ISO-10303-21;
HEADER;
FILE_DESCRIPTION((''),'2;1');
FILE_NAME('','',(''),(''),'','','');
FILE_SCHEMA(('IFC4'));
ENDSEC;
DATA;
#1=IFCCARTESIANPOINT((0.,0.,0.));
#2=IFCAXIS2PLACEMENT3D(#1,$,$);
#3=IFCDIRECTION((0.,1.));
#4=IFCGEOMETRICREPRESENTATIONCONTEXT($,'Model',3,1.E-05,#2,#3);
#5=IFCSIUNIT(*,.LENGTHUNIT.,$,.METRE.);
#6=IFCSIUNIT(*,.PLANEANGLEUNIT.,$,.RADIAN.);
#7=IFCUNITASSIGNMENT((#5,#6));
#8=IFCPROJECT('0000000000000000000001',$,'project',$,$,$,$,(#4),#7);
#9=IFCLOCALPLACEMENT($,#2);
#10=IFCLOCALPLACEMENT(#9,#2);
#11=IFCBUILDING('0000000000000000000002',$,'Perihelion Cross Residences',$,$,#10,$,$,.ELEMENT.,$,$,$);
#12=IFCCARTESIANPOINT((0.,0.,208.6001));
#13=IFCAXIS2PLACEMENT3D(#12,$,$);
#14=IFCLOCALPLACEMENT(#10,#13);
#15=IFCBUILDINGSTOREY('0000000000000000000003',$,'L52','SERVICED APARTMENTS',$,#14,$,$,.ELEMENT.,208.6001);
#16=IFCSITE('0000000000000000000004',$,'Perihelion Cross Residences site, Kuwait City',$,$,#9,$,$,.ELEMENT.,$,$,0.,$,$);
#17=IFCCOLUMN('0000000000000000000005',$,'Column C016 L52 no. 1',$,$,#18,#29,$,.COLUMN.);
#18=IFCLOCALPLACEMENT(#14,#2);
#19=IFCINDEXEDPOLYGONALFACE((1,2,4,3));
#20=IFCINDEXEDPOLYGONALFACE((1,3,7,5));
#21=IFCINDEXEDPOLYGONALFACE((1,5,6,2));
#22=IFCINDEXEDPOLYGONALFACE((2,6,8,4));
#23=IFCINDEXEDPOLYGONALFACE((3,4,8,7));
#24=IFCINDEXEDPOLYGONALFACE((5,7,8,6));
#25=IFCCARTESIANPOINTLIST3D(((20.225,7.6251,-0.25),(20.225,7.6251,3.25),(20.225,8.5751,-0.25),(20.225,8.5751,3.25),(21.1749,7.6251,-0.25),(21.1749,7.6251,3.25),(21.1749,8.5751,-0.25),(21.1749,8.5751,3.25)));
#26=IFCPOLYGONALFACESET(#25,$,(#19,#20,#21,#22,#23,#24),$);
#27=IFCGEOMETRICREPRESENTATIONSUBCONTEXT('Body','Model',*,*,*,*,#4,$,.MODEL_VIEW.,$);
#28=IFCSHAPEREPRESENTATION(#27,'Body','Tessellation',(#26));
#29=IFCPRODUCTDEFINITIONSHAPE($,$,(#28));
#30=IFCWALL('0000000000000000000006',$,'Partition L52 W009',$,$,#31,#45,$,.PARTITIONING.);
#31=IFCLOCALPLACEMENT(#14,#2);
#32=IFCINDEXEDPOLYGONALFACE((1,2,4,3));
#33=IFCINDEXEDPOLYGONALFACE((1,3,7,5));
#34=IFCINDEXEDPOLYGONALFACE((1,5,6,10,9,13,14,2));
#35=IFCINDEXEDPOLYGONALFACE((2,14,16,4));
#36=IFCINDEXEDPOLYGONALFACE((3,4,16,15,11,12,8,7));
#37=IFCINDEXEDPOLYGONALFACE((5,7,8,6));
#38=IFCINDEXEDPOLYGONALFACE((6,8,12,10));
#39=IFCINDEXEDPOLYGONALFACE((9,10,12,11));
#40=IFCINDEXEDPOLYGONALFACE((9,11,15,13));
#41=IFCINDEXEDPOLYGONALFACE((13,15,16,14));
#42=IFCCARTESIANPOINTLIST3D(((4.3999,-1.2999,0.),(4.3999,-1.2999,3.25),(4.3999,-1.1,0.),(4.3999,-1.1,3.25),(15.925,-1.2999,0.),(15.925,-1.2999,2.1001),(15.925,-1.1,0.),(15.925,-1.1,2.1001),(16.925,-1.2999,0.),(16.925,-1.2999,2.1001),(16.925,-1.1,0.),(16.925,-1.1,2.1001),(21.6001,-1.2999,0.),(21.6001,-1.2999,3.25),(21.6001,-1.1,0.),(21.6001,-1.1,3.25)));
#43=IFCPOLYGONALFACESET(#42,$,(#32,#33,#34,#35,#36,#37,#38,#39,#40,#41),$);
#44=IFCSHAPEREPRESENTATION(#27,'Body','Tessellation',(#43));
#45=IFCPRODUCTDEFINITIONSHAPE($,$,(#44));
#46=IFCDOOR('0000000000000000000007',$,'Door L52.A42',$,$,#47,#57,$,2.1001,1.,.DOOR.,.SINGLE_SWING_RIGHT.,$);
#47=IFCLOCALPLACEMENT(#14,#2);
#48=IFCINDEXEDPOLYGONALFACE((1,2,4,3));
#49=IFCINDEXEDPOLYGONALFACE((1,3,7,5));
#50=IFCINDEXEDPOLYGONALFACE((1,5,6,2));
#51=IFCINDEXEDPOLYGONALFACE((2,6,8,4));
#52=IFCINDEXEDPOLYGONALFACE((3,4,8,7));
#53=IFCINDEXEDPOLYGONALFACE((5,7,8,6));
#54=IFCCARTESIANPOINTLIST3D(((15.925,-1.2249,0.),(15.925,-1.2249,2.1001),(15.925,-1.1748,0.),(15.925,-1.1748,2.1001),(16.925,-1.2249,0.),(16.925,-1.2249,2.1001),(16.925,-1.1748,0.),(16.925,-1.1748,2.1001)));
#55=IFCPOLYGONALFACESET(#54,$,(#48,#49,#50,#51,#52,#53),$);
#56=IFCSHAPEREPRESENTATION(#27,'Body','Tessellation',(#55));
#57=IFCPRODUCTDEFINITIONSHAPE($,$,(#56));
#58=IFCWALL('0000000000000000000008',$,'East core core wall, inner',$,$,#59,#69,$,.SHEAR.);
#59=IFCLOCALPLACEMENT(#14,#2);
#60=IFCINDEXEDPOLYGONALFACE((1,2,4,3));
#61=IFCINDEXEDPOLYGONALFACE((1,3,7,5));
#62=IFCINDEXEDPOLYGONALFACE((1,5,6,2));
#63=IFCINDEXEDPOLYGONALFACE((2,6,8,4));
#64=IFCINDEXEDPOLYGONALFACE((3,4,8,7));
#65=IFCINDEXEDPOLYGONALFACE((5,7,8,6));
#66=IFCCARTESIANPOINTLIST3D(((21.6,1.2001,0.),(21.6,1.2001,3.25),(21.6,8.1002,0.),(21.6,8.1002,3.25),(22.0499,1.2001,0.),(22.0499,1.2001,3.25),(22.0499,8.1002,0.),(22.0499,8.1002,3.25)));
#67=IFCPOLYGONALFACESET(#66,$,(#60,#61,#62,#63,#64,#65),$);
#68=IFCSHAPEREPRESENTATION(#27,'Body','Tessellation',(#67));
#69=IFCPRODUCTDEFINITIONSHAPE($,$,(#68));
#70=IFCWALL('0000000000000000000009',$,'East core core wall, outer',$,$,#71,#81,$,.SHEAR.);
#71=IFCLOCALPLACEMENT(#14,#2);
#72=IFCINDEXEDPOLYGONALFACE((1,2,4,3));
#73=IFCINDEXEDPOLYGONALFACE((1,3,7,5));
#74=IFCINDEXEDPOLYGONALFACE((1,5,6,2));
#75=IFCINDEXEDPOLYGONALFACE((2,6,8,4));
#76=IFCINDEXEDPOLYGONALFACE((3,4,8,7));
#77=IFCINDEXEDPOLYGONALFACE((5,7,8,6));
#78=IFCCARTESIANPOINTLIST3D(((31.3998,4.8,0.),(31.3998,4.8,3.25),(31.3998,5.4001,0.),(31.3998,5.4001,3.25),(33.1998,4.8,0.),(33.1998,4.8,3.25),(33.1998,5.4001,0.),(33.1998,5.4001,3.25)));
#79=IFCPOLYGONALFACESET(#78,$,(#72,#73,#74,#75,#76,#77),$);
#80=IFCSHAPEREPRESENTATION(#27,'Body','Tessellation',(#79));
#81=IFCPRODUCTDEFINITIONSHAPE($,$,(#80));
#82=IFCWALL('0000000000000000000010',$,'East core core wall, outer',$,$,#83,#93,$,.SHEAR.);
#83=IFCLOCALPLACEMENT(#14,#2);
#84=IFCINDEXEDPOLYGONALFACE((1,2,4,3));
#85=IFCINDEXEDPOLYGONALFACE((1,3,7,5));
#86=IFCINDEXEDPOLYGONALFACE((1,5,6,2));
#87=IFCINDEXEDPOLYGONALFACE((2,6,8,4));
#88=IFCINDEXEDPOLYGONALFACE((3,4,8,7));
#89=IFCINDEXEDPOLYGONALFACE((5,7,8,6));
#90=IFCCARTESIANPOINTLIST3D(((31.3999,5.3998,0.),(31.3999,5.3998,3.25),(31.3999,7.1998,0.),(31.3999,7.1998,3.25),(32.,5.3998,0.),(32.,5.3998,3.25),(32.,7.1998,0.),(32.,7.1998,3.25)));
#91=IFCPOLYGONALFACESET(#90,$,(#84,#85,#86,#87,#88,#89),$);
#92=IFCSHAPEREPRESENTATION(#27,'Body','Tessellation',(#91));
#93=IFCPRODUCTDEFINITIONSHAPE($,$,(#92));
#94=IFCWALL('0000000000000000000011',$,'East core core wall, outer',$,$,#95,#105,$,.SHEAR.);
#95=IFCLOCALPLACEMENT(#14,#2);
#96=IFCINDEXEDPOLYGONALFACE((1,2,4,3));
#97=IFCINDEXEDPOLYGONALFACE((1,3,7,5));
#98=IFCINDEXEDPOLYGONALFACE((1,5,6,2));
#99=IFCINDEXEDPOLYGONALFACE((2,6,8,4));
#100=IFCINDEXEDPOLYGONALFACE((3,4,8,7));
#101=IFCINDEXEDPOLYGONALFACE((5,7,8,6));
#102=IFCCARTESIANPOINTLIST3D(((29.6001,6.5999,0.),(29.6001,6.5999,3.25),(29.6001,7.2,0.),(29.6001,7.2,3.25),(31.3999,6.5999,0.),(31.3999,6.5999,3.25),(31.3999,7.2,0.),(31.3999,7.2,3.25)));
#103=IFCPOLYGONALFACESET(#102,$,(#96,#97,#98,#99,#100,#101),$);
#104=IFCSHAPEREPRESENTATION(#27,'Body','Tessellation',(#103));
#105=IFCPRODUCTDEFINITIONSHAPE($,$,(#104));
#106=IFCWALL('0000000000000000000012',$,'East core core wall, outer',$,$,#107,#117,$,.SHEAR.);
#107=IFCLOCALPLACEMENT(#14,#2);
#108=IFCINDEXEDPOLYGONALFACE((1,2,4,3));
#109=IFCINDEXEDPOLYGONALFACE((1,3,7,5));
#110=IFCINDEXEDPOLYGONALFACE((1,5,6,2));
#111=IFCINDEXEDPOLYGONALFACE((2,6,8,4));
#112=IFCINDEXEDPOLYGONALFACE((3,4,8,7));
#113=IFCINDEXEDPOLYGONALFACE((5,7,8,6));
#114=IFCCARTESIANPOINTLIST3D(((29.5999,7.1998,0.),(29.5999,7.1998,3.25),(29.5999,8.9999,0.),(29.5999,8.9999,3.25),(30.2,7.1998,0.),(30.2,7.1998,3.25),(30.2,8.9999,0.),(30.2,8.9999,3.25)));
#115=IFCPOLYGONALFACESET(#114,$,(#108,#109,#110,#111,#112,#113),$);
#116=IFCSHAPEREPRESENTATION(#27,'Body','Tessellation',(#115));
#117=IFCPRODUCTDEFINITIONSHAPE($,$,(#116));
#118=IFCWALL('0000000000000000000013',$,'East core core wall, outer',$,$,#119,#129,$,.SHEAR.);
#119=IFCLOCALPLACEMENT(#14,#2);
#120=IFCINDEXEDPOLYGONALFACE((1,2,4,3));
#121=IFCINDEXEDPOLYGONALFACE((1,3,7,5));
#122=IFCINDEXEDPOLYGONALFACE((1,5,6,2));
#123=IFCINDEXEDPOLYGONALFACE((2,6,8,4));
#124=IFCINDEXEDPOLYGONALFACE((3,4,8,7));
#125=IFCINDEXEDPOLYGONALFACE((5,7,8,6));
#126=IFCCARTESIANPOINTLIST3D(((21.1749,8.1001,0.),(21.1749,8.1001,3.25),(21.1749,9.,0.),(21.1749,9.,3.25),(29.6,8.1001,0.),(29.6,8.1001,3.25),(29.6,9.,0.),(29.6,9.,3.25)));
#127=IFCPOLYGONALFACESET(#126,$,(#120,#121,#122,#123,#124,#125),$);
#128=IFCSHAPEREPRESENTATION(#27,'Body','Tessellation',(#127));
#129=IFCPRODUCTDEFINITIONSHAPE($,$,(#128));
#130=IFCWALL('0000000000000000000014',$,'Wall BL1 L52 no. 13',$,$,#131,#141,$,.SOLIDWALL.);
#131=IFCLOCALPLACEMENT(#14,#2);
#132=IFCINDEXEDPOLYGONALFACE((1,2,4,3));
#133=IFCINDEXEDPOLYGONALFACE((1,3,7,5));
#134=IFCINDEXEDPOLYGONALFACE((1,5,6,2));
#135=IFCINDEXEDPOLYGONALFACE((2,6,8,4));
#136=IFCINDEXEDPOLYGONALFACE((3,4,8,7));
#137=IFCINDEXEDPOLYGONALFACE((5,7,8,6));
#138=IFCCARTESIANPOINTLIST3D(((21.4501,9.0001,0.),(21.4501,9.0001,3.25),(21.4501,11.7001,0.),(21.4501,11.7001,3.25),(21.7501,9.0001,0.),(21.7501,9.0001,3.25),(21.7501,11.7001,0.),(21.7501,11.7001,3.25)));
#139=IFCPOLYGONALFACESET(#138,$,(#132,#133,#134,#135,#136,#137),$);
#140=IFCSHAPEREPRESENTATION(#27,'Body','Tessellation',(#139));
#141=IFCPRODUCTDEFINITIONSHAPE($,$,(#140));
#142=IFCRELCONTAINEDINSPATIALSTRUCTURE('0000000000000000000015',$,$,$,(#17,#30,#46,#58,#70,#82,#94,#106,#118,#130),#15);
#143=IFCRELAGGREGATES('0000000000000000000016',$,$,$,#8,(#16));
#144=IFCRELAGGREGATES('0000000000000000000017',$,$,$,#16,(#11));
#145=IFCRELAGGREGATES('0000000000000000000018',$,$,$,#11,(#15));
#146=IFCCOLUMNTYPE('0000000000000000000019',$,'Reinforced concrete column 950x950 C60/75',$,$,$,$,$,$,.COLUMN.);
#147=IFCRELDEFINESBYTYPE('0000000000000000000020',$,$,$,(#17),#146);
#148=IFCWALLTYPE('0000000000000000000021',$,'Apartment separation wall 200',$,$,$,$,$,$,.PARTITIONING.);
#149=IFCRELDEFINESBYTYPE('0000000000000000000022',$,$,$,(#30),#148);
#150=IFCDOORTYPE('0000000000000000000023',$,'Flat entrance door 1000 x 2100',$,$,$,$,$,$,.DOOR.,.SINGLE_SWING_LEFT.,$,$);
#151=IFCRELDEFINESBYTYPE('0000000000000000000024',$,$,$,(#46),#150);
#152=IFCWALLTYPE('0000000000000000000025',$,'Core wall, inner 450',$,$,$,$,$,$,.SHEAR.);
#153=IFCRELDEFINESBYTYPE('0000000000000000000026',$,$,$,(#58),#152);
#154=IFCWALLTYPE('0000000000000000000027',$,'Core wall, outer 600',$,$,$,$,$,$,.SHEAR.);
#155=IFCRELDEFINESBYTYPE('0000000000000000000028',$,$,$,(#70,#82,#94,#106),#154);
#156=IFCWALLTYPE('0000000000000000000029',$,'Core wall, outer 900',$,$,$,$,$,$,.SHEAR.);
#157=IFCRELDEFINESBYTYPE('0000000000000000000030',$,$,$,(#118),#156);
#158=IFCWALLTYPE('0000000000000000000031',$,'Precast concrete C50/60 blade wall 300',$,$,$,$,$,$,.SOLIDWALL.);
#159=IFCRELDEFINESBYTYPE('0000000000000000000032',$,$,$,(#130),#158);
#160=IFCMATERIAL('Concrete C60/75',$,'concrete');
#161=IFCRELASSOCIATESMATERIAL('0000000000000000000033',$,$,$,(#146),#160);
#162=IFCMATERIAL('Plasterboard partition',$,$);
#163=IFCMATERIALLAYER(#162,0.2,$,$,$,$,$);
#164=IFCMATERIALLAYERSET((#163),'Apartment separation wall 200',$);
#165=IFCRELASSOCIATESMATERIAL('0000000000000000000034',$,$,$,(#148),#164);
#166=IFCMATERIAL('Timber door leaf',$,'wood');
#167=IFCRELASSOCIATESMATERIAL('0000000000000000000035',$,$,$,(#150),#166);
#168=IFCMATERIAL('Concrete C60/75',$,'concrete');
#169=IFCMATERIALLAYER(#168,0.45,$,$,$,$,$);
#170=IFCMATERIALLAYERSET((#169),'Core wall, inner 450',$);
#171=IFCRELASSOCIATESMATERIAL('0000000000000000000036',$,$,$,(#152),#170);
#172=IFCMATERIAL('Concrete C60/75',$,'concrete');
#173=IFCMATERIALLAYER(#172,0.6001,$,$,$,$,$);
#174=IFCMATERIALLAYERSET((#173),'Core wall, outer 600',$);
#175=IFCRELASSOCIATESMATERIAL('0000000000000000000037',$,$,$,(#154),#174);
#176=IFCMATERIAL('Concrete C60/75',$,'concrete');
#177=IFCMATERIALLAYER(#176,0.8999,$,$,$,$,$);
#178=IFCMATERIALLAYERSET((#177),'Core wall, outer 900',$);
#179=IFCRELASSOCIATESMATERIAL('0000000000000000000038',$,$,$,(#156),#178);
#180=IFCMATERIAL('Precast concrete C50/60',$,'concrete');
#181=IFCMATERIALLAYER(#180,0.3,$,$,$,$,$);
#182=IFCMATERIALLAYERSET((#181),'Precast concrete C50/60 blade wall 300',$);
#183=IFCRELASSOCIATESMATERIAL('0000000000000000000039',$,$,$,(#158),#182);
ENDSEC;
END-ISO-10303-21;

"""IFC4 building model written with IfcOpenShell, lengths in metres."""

from ifc_helpers import new_model, si_unit, direction, frame, frame_2d, origin, origin_2d, place, context, subcontext, project, spatial, rectangle, extrude, material, layer, layer_set, material_profile, profile_set, type_object, element, fill, save


model = new_model("IFC4")

# Units and contexts
model_context = context("Model", 3, precision=1e-05, world=origin(), true_north=direction((0.0, 1.0)))
body_context = subcontext(model_context, "Body", "Model", "MODEL_VIEW")
ifc_project = project(units=[si_unit("LENGTHUNIT", "METRE"), si_unit("PLANEANGLEUNIT", "RADIAN")], contexts=[model_context])

# Site, building, storey
site_placement = place(None, origin())
site = spatial("IfcSite", under=ifc_project, at=site_placement, Name="Perihelion Cross Residences site, Kuwait City", CompositionType="ELEMENT", RefElevation=0.0)
building_placement = place(site_placement, origin())
building = spatial("IfcBuilding", under=site, at=building_placement, Name="Perihelion Cross Residences", CompositionType="ELEMENT")
storey_placement = place(building_placement, frame((0.0, 0.0, 208.6001)))
storey = spatial("IfcBuildingStorey", under=building, at=storey_placement, Name="L52", Description="SERVICED APARTMENTS", CompositionType="ELEMENT", Elevation=208.6001)

# Column
ifc_material_1 = material(Name="Concrete C60/75", Category="concrete")
ifc_material_profile_1 = material_profile(ifc_material_1, rectangle(XDim=0.95, YDim=0.95, at=origin_2d()), Name="RC 950x950")
ifc_profile_set_1 = profile_set([ifc_material_profile_1], Name="Concrete C60/75")
column_type = type_object("IfcColumnType", Name="Reinforced concrete column 950x950 C60/75", PredefinedType="COLUMN", material=ifc_profile_set_1)
column_placement = place(storey_placement, frame((20.7, 8.1001, -0.25), z_axis=(0.0, 0.0, 1.0), x_axis=(1.0, 0.0, 0.0)))
element("IfcColumn", 1, at=column_placement, inside=storey, type_object=column_type, Name="Column C016 L52 no. 1", PredefinedType="COLUMN", context=body_context, shape_type="SweptSolid", body=[
    extrude(rectangle(XDim=0.95, YDim=0.95, at=origin_2d()), origin(), (0.0, 0.0, 1.0), 3.5),
])

# Wall, opening, door
ifc_material_2 = material(Name="Plasterboard partition")
ifc_layer_1 = layer(ifc_material_2, 0.2)
ifc_layer_set_1 = layer_set([ifc_layer_1], Name="Apartment separation wall 200")
wall_type_1 = type_object("IfcWallType", Name="Apartment separation wall 200", PredefinedType="PARTITIONING", material=ifc_layer_set_1)
wall_1_placement = place(storey_placement, frame((21.6001, -1.2, 0.0), z_axis=(0.0, 0.0, 1.0), x_axis=(-1.0, 0.0, 0.0)))
wall_1 = element("IfcWall", 2, at=wall_1_placement, inside=storey, type_object=wall_type_1, Name="Partition L52 W009", PredefinedType="PARTITIONING", context=body_context, shape_type="SweptSolid", body=[
    extrude(rectangle(XDim=17.2002, YDim=0.2, at=frame_2d((8.6001, 0.0))), origin(), (0.0, 0.0, 1.0), 3.25),
])
opening_1_placement = place(wall_1_placement, frame((4.675, 0.0, 0.0)))
opening_1 = element("IfcOpeningElement", 3, at=opening_1_placement, cuts=wall_1, PredefinedType="OPENING", context=body_context, shape_type="SweptSolid", body=[
    extrude(rectangle(XDim=1.0, YDim=2.1001, at=frame_2d((0.5, 1.05))), frame((0.0, 0.1099, 0.0), z_axis=(0.0, -1.0, 0.0), x_axis=(1.0, 0.0, 0.0)), (0.0, 0.0, 1.0), 0.22),
])
ifc_material_3 = material(Name="Timber door leaf", Category="wood")
door_type_1 = type_object("IfcDoorType", Name="Flat entrance door 1000 x 2100", OperationType="SINGLE_SWING_LEFT", PredefinedType="DOOR", material=ifc_material_3)
door_1_placement = place(opening_1_placement, origin())
door_1 = element("IfcDoor", 4, at=door_1_placement, inside=storey, type_object=door_type_1, Name="Door L52.A42", OperationType="SINGLE_SWING_RIGHT", OverallHeight=2.1001, OverallWidth=1.0, PredefinedType="DOOR", context=body_context, shape_type="SweptSolid", body=[
    extrude(rectangle(XDim=1.0, YDim=2.1001, at=frame_2d((0.5, 1.05))), frame((0.0, 0.0249, 0.0), z_axis=(0.0, -1.0, 0.0), x_axis=(1.0, 0.0, 0.0)), (0.0, 0.0, 1.0), 0.05),
])
fill(opening_1, door_1)

# Walls
ifc_material_4 = material(Name="Concrete C60/75", Category="concrete")
ifc_layer_2 = layer(ifc_material_4, 0.45)
ifc_layer_set_2 = layer_set([ifc_layer_2], Name="Core wall, inner 450")
wall_type_2 = type_object("IfcWallType", Name="Core wall, inner 450", PredefinedType="SHEAR", material=ifc_layer_set_2)
wall_2_placement = place(storey_placement, frame((21.825, 1.2, 0.0), z_axis=(0.0, 0.0, 1.0), x_axis=(0.0, 1.0, 0.0)))
element("IfcWall", 5, at=wall_2_placement, inside=storey, type_object=wall_type_2, Name="East core core wall, inner", PredefinedType="SHEAR", context=body_context, shape_type="SweptSolid", body=[
    extrude(rectangle(XDim=6.9001, YDim=0.45, at=frame_2d((3.4502, 0.0))), origin(), (0.0, 0.0, 1.0), 3.25),
])
ifc_material_5 = material(Name="Concrete C60/75", Category="concrete")
ifc_layer_3 = layer(ifc_material_5, 0.6001)
ifc_layer_set_3 = layer_set([ifc_layer_3], Name="Core wall, outer 600")
wall_type_3 = type_object("IfcWallType", Name="Core wall, outer 600", PredefinedType="SHEAR", material=ifc_layer_set_3)
for number, where, z_axis, x_axis, name in (
    (6, (31.3999, 5.1001, 0.0), (0.0, 0.0, 1.0), (1.0, 0.0, 0.0), "East core core wall, outer"),
    (7, (31.7, 5.3999, 0.0), (0.0, 0.0, 1.0), (0.0, 1.0, 0.0), "East core core wall, outer"),
):
    element("IfcWall", number, at=place(storey_placement, frame(where, z_axis=z_axis, x_axis=x_axis)), inside=storey, type_object=wall_type_3, Name=name, PredefinedType="SHEAR", context=body_context, shape_type="SweptSolid", body=[
        extrude(rectangle(XDim=1.8, YDim=0.6001, at=frame_2d((0.8999, 0.0))), origin(), (0.0, 0.0, 1.0), 3.25),
    ])
wall_3_placement = place(storey_placement, frame((29.6001, 6.8999, 0.0), z_axis=(0.0, 0.0, 1.0), x_axis=(1.0, 0.0, 0.0)))
element("IfcWall", 8, at=wall_3_placement, inside=storey, type_object=wall_type_3, Name="East core core wall, outer", PredefinedType="SHEAR", context=body_context, shape_type="SweptSolid", body=[
    extrude(rectangle(XDim=1.7998, YDim=0.6001, at=frame_2d((0.8999, 0.0))), origin(), (0.0, 0.0, 1.0), 3.25),
])
wall_4_placement = place(storey_placement, frame((29.8999, 7.2, 0.0), z_axis=(0.0, 0.0, 1.0), x_axis=(0.0, 1.0, 0.0)))
element("IfcWall", 9, at=wall_4_placement, inside=storey, type_object=wall_type_3, Name="East core core wall, outer", PredefinedType="SHEAR", context=body_context, shape_type="SweptSolid", body=[
    extrude(rectangle(XDim=1.8, YDim=0.6001, at=frame_2d((0.8999, 0.0))), origin(), (0.0, 0.0, 1.0), 3.25),
])
ifc_material_6 = material(Name="Concrete C60/75", Category="concrete")
ifc_layer_4 = layer(ifc_material_6, 0.8999)
ifc_layer_set_4 = layer_set([ifc_layer_4], Name="Core wall, outer 900")
wall_type_4 = type_object("IfcWallType", Name="Core wall, outer 900", PredefinedType="SHEAR", material=ifc_layer_set_4)
wall_5_placement = place(storey_placement, frame((21.175, 8.55, 0.0), z_axis=(0.0, 0.0, 1.0), x_axis=(1.0, 0.0, 0.0)))
element("IfcWall", 10, at=wall_5_placement, inside=storey, type_object=wall_type_4, Name="East core core wall, outer", PredefinedType="SHEAR", context=body_context, shape_type="SweptSolid", body=[
    extrude(rectangle(XDim=8.425, YDim=0.8999, at=frame_2d((4.2124, 0.0))), origin(), (0.0, 0.0, 1.0), 3.25),
])
ifc_material_7 = material(Name="Precast concrete C50/60", Category="concrete")
ifc_layer_5 = layer(ifc_material_7, 0.3)
ifc_layer_set_5 = layer_set([ifc_layer_5], Name="Precast concrete C50/60 blade wall 300")
wall_type_5 = type_object("IfcWallType", Name="Precast concrete C50/60 blade wall 300", PredefinedType="SOLIDWALL", material=ifc_layer_set_5)
wall_6_placement = place(storey_placement, frame((21.6001, 9.0, 0.0), z_axis=(0.0, 0.0, 1.0), x_axis=(0.0, 1.0, 0.0)))
element("IfcWall", 11, at=wall_6_placement, inside=storey, type_object=wall_type_5, Name="Wall BL1 L52 no. 13", PredefinedType="SOLIDWALL", context=body_context, shape_type="SweptSolid", body=[
    extrude(rectangle(XDim=2.7, YDim=0.3, at=frame_2d((1.3501, 0.0))), origin(), (0.0, 0.0, 1.0), 3.25),
])

save(model, "model.ifc")
